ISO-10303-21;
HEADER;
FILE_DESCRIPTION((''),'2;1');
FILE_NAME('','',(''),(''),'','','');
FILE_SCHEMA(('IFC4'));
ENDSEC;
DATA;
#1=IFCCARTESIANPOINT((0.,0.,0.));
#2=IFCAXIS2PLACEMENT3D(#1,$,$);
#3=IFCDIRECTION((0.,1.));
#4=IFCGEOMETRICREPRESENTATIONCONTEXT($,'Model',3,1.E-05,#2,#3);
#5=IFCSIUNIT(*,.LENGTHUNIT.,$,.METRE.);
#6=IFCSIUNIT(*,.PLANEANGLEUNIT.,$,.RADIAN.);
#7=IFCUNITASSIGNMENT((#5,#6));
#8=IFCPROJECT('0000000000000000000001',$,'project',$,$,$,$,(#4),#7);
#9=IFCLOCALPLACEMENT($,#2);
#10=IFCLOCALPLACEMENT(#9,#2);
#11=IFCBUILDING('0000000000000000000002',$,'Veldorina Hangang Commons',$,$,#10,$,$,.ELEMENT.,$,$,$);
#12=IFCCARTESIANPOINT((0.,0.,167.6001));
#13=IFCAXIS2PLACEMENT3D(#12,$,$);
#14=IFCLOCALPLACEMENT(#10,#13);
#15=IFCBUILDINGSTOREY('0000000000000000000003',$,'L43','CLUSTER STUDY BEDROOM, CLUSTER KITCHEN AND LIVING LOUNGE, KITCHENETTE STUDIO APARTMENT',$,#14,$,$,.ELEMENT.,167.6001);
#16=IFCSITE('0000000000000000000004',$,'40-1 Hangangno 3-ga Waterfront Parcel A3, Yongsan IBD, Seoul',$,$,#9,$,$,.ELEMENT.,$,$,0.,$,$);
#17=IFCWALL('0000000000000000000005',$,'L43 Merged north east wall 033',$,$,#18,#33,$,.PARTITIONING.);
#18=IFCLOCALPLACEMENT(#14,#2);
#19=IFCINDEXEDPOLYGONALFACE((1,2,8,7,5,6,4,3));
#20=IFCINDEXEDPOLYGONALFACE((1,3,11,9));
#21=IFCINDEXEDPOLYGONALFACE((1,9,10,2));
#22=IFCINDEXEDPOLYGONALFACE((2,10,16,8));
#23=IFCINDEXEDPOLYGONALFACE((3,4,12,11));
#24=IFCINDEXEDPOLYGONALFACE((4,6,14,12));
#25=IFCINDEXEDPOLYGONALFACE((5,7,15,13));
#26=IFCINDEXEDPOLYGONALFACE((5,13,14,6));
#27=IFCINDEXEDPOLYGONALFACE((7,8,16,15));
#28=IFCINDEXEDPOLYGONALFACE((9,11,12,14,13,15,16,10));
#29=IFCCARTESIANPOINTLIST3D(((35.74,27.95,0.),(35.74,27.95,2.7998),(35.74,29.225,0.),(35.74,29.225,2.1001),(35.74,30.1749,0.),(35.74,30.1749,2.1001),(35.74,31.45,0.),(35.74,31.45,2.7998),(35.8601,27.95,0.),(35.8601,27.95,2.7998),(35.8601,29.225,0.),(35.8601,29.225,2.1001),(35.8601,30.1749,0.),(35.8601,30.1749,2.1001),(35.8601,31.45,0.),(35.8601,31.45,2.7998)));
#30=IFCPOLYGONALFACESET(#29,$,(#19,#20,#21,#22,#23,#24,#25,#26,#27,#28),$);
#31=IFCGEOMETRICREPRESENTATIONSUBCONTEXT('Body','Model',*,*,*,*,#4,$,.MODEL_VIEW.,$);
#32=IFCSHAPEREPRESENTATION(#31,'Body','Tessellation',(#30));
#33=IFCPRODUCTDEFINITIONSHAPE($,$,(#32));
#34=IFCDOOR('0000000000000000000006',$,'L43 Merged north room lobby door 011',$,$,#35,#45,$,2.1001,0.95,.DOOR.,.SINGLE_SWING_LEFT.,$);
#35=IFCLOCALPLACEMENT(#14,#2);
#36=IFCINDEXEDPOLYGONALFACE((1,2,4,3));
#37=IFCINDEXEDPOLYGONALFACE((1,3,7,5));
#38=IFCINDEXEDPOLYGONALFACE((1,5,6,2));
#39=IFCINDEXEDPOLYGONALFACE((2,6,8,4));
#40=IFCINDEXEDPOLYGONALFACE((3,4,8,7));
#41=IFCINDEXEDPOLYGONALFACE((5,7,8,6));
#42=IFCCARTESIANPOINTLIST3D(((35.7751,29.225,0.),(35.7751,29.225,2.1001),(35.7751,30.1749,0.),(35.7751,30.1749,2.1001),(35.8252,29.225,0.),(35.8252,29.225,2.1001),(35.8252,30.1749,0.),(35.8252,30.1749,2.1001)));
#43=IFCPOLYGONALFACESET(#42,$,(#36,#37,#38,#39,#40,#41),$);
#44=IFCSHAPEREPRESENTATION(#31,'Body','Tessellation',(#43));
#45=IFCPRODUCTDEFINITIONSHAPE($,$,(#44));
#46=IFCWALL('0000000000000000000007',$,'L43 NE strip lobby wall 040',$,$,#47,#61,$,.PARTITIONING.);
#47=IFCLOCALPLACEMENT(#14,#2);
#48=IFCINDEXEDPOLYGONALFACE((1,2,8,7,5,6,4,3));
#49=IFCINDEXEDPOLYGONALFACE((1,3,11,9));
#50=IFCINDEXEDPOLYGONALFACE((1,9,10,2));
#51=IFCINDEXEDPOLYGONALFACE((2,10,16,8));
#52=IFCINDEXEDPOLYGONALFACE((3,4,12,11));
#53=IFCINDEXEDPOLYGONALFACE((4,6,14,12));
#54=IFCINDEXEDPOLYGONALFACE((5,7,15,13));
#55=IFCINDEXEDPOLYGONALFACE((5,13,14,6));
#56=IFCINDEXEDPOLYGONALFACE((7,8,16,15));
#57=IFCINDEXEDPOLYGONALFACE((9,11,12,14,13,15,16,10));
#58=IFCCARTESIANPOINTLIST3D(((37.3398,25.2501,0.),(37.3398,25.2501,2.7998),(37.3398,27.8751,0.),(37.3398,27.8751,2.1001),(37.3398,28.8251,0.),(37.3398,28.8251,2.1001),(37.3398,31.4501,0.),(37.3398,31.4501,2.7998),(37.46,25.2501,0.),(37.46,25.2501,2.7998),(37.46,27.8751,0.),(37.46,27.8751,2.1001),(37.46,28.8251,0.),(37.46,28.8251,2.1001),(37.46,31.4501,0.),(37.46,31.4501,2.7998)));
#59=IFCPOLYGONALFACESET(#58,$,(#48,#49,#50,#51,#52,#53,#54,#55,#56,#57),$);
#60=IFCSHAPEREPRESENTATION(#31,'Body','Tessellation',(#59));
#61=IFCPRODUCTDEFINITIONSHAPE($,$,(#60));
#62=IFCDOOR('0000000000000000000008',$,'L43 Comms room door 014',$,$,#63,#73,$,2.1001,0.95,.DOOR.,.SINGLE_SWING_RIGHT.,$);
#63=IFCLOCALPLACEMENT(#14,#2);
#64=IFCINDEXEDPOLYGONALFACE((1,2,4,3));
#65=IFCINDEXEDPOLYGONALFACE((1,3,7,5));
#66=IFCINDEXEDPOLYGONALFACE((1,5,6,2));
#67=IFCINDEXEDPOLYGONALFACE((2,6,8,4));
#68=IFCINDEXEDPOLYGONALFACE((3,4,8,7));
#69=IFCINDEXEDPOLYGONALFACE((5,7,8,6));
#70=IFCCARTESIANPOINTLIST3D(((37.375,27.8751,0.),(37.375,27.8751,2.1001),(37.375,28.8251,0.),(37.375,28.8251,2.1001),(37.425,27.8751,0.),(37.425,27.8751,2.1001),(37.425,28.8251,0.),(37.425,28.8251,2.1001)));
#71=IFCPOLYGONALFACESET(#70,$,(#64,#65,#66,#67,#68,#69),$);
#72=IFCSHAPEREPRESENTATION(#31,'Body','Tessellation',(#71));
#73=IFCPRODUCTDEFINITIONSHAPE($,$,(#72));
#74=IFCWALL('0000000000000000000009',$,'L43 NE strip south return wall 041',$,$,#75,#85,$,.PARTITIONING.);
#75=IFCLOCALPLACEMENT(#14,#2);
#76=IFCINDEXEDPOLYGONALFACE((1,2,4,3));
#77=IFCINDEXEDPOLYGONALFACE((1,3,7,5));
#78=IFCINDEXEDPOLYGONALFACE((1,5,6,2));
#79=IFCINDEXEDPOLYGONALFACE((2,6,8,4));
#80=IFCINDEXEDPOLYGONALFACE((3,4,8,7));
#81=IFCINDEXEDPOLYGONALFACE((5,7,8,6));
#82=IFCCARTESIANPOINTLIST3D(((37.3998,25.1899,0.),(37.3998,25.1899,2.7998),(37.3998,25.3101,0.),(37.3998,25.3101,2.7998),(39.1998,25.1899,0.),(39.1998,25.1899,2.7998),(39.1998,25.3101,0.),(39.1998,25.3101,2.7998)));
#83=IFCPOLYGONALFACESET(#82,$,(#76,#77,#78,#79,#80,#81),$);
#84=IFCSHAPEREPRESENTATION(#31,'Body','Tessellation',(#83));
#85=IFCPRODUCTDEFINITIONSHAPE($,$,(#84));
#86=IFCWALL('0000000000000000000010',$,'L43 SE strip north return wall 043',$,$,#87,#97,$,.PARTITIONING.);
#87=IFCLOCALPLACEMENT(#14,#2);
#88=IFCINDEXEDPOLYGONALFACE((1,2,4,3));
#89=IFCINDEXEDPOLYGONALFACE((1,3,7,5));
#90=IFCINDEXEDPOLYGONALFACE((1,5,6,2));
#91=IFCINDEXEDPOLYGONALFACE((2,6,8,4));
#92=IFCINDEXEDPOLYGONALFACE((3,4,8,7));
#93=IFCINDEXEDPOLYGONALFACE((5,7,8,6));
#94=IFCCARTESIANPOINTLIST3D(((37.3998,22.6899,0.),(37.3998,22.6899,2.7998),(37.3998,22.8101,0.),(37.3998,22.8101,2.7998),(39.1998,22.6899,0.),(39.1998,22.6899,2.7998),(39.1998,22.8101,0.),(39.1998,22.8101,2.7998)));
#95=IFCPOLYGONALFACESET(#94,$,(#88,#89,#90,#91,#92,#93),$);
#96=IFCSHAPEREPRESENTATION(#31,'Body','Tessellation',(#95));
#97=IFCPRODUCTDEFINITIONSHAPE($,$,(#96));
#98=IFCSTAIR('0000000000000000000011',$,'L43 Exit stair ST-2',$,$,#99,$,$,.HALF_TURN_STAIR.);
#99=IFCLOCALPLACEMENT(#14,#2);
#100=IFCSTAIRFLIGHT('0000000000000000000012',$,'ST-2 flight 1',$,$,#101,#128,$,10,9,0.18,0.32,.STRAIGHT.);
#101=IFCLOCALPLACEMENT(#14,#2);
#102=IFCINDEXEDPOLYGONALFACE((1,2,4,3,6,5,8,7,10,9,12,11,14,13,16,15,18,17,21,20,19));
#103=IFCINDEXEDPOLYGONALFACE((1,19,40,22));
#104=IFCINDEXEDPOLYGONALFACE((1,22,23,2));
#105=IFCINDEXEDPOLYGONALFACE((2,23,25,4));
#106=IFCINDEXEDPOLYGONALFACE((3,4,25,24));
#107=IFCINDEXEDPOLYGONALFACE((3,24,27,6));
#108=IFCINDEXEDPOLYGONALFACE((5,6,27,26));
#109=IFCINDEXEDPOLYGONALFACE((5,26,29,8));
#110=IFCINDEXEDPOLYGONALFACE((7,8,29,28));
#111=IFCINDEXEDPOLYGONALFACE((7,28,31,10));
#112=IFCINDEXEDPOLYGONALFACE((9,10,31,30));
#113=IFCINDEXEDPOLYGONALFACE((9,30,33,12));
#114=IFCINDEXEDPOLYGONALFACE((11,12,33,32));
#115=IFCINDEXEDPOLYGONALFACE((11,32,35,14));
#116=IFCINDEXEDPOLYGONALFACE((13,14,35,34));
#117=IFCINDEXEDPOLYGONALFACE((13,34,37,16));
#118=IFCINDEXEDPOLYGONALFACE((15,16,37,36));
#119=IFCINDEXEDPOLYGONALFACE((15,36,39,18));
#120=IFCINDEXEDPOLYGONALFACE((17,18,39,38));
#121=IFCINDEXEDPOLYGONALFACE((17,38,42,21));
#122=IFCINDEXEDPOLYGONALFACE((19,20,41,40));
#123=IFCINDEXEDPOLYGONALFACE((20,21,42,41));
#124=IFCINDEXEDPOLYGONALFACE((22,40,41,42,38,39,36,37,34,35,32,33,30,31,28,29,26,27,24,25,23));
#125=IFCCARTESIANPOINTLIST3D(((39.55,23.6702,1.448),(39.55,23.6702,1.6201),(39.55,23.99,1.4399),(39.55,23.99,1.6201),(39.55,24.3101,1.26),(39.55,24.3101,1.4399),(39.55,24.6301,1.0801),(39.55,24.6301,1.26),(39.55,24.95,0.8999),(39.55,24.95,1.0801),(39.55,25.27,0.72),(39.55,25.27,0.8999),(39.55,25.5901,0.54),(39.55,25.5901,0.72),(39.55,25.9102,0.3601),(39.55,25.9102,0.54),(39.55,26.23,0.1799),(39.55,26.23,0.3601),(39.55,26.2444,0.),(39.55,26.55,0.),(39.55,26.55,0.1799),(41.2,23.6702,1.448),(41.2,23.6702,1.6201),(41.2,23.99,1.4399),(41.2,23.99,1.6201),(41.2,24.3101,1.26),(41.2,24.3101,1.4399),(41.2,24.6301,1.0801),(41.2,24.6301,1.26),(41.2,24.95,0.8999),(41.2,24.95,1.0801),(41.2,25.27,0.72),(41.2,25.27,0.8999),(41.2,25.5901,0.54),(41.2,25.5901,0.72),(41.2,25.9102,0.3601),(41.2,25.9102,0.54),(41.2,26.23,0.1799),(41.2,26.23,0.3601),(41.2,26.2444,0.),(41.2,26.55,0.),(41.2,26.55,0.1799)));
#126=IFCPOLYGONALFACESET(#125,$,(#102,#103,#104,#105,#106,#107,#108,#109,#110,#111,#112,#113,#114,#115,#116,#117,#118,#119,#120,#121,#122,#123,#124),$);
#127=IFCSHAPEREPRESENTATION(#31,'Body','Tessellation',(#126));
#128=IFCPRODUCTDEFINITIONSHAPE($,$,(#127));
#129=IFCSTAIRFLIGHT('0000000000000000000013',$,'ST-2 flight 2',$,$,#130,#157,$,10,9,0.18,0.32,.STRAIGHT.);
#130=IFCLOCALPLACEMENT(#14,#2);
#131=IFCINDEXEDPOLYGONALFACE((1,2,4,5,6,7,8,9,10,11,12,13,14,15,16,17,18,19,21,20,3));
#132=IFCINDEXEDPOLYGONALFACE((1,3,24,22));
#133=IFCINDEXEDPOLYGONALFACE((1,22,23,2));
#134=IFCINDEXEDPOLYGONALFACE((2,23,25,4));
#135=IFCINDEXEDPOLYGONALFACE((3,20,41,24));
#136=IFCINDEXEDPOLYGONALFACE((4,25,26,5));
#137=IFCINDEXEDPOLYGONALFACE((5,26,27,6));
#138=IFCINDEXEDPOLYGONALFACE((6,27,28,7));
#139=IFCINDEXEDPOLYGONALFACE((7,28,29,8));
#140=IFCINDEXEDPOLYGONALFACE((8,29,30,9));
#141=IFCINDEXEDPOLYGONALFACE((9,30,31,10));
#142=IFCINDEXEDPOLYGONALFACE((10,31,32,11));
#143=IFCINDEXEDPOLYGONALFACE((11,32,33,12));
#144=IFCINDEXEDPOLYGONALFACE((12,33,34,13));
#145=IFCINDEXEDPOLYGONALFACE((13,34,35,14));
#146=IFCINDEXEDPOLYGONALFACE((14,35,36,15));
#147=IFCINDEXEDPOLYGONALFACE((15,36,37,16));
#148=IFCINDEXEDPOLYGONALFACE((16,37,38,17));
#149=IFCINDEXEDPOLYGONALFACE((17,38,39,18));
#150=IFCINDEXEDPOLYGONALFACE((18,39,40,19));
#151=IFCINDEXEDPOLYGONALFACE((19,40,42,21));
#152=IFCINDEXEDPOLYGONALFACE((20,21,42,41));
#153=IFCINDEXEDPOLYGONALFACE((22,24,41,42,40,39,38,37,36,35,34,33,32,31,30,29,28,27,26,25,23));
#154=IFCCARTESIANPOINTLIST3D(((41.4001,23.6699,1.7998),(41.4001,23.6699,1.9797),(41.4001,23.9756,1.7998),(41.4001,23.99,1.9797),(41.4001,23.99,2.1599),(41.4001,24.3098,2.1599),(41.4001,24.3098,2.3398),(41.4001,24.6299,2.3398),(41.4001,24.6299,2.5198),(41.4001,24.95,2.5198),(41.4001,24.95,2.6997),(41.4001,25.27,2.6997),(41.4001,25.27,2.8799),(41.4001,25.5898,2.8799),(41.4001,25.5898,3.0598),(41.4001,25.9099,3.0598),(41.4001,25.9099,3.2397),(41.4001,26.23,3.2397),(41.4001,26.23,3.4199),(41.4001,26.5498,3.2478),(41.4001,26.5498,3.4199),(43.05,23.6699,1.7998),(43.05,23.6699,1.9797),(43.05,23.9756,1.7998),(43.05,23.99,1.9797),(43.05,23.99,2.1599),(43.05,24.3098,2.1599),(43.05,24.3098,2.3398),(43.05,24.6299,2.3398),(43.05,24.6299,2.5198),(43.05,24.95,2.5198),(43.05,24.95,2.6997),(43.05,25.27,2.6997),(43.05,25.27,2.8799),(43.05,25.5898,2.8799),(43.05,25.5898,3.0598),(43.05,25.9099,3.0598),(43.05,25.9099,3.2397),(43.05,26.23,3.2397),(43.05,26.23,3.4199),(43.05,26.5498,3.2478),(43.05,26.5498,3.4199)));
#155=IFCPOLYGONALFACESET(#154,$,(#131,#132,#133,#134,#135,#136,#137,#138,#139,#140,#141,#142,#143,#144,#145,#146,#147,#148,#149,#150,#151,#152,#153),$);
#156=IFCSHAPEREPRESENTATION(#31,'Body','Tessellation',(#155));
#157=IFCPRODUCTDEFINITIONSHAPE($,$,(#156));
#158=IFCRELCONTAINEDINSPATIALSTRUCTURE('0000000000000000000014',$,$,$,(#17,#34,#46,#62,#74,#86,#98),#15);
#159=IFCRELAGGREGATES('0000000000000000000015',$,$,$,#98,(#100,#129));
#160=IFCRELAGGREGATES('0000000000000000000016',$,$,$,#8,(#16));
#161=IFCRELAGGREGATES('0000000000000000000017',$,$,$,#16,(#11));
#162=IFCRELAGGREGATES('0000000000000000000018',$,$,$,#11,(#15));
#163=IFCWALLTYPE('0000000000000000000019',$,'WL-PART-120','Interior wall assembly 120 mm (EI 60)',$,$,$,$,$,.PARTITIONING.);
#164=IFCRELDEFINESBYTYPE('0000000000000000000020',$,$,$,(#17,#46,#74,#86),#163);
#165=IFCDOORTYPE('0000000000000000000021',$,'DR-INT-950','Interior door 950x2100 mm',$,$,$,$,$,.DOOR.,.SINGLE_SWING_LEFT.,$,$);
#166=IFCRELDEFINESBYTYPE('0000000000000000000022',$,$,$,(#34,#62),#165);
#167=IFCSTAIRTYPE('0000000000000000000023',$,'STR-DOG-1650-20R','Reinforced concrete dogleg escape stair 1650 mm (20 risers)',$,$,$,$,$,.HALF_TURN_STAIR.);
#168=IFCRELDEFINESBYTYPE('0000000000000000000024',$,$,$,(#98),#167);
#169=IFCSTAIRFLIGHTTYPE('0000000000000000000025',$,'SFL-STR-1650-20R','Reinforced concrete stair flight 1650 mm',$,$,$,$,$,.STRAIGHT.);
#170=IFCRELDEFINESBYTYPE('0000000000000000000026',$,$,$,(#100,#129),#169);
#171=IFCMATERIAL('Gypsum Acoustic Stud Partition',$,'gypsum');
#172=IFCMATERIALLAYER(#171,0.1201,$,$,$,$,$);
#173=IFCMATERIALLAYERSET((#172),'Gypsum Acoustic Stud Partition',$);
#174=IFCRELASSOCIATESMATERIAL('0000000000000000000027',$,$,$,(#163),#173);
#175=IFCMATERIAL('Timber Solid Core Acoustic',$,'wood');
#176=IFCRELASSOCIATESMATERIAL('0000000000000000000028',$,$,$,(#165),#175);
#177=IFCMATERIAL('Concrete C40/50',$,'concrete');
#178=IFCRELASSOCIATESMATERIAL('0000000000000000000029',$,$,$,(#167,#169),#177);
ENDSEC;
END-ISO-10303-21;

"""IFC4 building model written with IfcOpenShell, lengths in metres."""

from ifc_helpers import new_model, si_unit, direction, frame, frame_2d, origin, place, context, subcontext, project, spatial, polyline, rectangle, outline, extrude, material, layer, layer_set, type_object, element, fill, aggregate, save


model = new_model("IFC4")

# Units and contexts
model_context = context("Model", 3, precision=1e-05, world=origin(), true_north=direction((0.0, 1.0)))
body_context = subcontext(model_context, "Body", "Model", "MODEL_VIEW")
ifc_project = project(units=[si_unit("LENGTHUNIT", "METRE"), si_unit("PLANEANGLEUNIT", "RADIAN")], contexts=[model_context])

# Site, building, storey
site_placement = place(None, origin())
site = spatial("IfcSite", under=ifc_project, at=site_placement, Name="40-1 Hangangno 3-ga Waterfront Parcel A3, Yongsan IBD, Seoul", CompositionType="ELEMENT", RefElevation=0.0)
building_placement = place(site_placement, origin())
building = spatial("IfcBuilding", under=site, at=building_placement, Name="Veldorina Hangang Commons", CompositionType="ELEMENT")
storey_placement = place(building_placement, frame((0.0, 0.0, 167.6001)))
storey = spatial("IfcBuildingStorey", under=building, at=storey_placement, Name="L43", Description="CLUSTER STUDY BEDROOM, CLUSTER KITCHEN AND LIVING LOUNGE, KITCHENETTE STUDIO APARTMENT", CompositionType="ELEMENT", Elevation=167.6001)

# Walls, openings, doors
ifc_material_1 = material(Name="Gypsum Acoustic Stud Partition", Category="gypsum")
ifc_layer_1 = layer(ifc_material_1, 0.1201)
ifc_layer_set_1 = layer_set([ifc_layer_1], Name="Gypsum Acoustic Stud Partition")
wall_type_1 = type_object("IfcWallType", Name="WL-PART-120", Description="Interior wall assembly 120 mm (EI 60)", PredefinedType="PARTITIONING", material=ifc_layer_set_1)
wall_1_placement = place(storey_placement, frame((35.8, 27.95, 0.0), z_axis=(0.0, 0.0, 1.0), x_axis=(0.0, 1.0, 0.0)))
wall_1 = element("IfcWall", 1, at=wall_1_placement, inside=storey, type_object=wall_type_1, Name="L43 Merged north east wall 033", PredefinedType="PARTITIONING", context=body_context, shape_type="SweptSolid", body=[
    extrude(rectangle(XDim=3.5, YDim=0.1201, at=frame_2d((1.75, 0.0))), origin(), (0.0, 0.0, 1.0), 2.7998),
])
opening_1_placement = place(wall_1_placement, frame((1.2749, 0.0, 0.0)))
opening_1 = element("IfcOpeningElement", 2, at=opening_1_placement, cuts=wall_1, PredefinedType="OPENING", context=body_context, shape_type="SweptSolid", body=[
    extrude(rectangle(XDim=0.95, YDim=2.1001, at=frame_2d((0.4751, 1.05))), frame((0.0, 0.0701, 0.0), z_axis=(0.0, -1.0, 0.0), x_axis=(1.0, 0.0, 0.0)), (0.0, 0.0, 1.0), 0.1401),
])
ifc_material_2 = material(Name="Timber Solid Core Acoustic", Category="wood")
door_type_1 = type_object("IfcDoorType", Name="DR-INT-950", Description="Interior door 950x2100 mm", OperationType="SINGLE_SWING_LEFT", PredefinedType="DOOR", material=ifc_material_2)
door_1_placement = place(opening_1_placement, origin())
door_1 = element("IfcDoor", 3, at=door_1_placement, inside=storey, type_object=door_type_1, Name="L43 Merged north room lobby door 011", OperationType="SINGLE_SWING_LEFT", OverallHeight=2.1001, OverallWidth=0.95, PredefinedType="DOOR", context=body_context, shape_type="SweptSolid", body=[
    extrude(rectangle(XDim=0.95, YDim=2.1001, at=frame_2d((0.4751, 1.05))), frame((0.0, 0.0249, 0.0), z_axis=(0.0, -1.0, 0.0), x_axis=(1.0, 0.0, 0.0)), (0.0, 0.0, 1.0), 0.05),
])
fill(opening_1, door_1)
wall_2_placement = place(storey_placement, frame((37.3999, 25.25, 0.0), z_axis=(0.0, 0.0, 1.0), x_axis=(0.0, 1.0, 0.0)))
wall_2 = element("IfcWall", 4, at=wall_2_placement, inside=storey, type_object=wall_type_1, Name="L43 NE strip lobby wall 040", PredefinedType="PARTITIONING", context=body_context, shape_type="SweptSolid", body=[
    extrude(rectangle(XDim=6.2, YDim=0.1201, at=frame_2d((3.1001, 0.0))), origin(), (0.0, 0.0, 1.0), 2.7998),
])
opening_2_placement = place(wall_2_placement, frame((2.625, 0.0, 0.0)))
opening_2 = element("IfcOpeningElement", 5, at=opening_2_placement, cuts=wall_2, PredefinedType="OPENING", context=body_context, shape_type="SweptSolid", body=[
    extrude(rectangle(XDim=0.95, YDim=2.1001, at=frame_2d((0.4751, 1.05))), frame((0.0, 0.0701, 0.0), z_axis=(0.0, -1.0, 0.0), x_axis=(1.0, 0.0, 0.0)), (0.0, 0.0, 1.0), 0.1401),
])
door_2_placement = place(opening_2_placement, origin())
door_2 = element("IfcDoor", 6, at=door_2_placement, inside=storey, type_object=door_type_1, Name="L43 Comms room door 014", OperationType="SINGLE_SWING_RIGHT", OverallHeight=2.1001, OverallWidth=0.95, PredefinedType="DOOR", context=body_context, shape_type="SweptSolid", body=[
    extrude(rectangle(XDim=0.95, YDim=2.1001, at=frame_2d((0.4751, 1.05))), frame((0.0, 0.0249, 0.0), z_axis=(0.0, -1.0, 0.0), x_axis=(1.0, 0.0, 0.0)), (0.0, 0.0, 1.0), 0.05),
])
fill(opening_2, door_2)

# Walls
for number, where, z_axis, x_axis, name in (
    (7, (37.3999, 25.25, 0.0), (0.0, 0.0, 1.0), (1.0, 0.0, 0.0), "L43 NE strip south return wall 041"),
    (8, (37.3999, 22.75, 0.0), (0.0, 0.0, 1.0), (1.0, 0.0, 0.0), "L43 SE strip north return wall 043"),
):
    element("IfcWall", number, at=place(storey_placement, frame(where, z_axis=z_axis, x_axis=x_axis)), inside=storey, type_object=wall_type_1, Name=name, PredefinedType="PARTITIONING", context=body_context, shape_type="SweptSolid", body=[
        extrude(rectangle(XDim=1.8, YDim=0.1201, at=frame_2d((0.8999, 0.0))), origin(), (0.0, 0.0, 1.0), 2.7998),
    ])

# Stair, stair flights
ifc_material_3 = material(Name="Concrete C40/50", Category="concrete")
stair_type = type_object("IfcStairType", Name="STR-DOG-1650-20R", Description="Reinforced concrete dogleg escape stair 1650 mm (20 risers)", PredefinedType="HALF_TURN_STAIR", material=ifc_material_3)
stair_placement = place(storey_placement, origin())
stair = element("IfcStair", 9, at=stair_placement, inside=storey, type_object=stair_type, Name="L43 Exit stair ST-2", PredefinedType="HALF_TURN_STAIR")
stair_flight_type = type_object("IfcStairFlightType", Name="SFL-STR-1650-20R", Description="Reinforced concrete stair flight 1650 mm", PredefinedType="STRAIGHT", material=ifc_material_3)
stair_flight_1_placement = place(storey_placement, frame((40.375, 26.55, 0.0), z_axis=(0.0, 0.0, 1.0), x_axis=(0.0, -1.0, 0.0)))
stair_flight_1 = element("IfcStairFlight", 10, at=stair_flight_1_placement, type_object=stair_flight_type, Name="ST-2 flight 1", NumberOfRisers=10, NumberOfTreads=9, PredefinedType="STRAIGHT", RiserHeight=0.18, TreadLength=0.32, context=body_context, shape_type="SweptSolid", body=[
    extrude(outline(polyline([(0.0, 0.0), (0.0, 0.1799), (0.3201, 0.1799), (0.3201, 0.3601), (0.6399, 0.3601), (0.6399, 0.54), (0.96, 0.54), (0.96, 0.72), (1.28, 0.72), (1.28, 0.8999), (1.6001, 0.8999), (1.6001, 1.0801), (1.9199, 1.0801), (1.9199, 1.26), (2.24, 1.26), (2.24, 1.4399), (2.5601, 1.4399), (2.5601, 1.6201), (2.8799, 1.6201), (2.8799, 1.8), (2.8799, 1.448), (0.3057, 0.0), (0.0, 0.0)])), frame((0.0, 0.825, 0.0), z_axis=(0.0, -1.0, 0.0), x_axis=(1.0, 0.0, 0.0)), (0.0, 0.0, 1.0), 1.6499),
])
stair_flight_2_placement = place(storey_placement, frame((42.2251, 23.6699, 1.7998), z_axis=(0.0, 0.0, 1.0), x_axis=(0.0, 1.0, 0.0)))
stair_flight_2 = element("IfcStairFlight", 11, at=stair_flight_2_placement, type_object=stair_flight_type, Name="ST-2 flight 2", NumberOfRisers=10, NumberOfTreads=9, PredefinedType="STRAIGHT", RiserHeight=0.18, TreadLength=0.32, context=body_context, shape_type="SweptSolid", body=[
    extrude(outline(polyline([(0.0, 0.0), (0.0, 0.1799), (0.3201, 0.1799), (0.3201, 0.3601), (0.6399, 0.3601), (0.6399, 0.54), (0.96, 0.54), (0.96, 0.72), (1.28, 0.72), (1.28, 0.8999), (1.6001, 0.8999), (1.6001, 1.0801), (1.9199, 1.0801), (1.9199, 1.26), (2.24, 1.26), (2.24, 1.4399), (2.5601, 1.4399), (2.5601, 1.6201), (2.8799, 1.6201), (2.8799, 1.8), (2.8799, 1.448), (0.3057, 0.0), (0.0, 0.0)])), frame((0.0, 0.825, 0.0), z_axis=(0.0, -1.0, 0.0), x_axis=(1.0, 0.0, 0.0)), (0.0, 0.0, 1.0), 1.6499),
])
aggregate(stair, [stair_flight_1, stair_flight_2])

save(model, "model.ifc")
